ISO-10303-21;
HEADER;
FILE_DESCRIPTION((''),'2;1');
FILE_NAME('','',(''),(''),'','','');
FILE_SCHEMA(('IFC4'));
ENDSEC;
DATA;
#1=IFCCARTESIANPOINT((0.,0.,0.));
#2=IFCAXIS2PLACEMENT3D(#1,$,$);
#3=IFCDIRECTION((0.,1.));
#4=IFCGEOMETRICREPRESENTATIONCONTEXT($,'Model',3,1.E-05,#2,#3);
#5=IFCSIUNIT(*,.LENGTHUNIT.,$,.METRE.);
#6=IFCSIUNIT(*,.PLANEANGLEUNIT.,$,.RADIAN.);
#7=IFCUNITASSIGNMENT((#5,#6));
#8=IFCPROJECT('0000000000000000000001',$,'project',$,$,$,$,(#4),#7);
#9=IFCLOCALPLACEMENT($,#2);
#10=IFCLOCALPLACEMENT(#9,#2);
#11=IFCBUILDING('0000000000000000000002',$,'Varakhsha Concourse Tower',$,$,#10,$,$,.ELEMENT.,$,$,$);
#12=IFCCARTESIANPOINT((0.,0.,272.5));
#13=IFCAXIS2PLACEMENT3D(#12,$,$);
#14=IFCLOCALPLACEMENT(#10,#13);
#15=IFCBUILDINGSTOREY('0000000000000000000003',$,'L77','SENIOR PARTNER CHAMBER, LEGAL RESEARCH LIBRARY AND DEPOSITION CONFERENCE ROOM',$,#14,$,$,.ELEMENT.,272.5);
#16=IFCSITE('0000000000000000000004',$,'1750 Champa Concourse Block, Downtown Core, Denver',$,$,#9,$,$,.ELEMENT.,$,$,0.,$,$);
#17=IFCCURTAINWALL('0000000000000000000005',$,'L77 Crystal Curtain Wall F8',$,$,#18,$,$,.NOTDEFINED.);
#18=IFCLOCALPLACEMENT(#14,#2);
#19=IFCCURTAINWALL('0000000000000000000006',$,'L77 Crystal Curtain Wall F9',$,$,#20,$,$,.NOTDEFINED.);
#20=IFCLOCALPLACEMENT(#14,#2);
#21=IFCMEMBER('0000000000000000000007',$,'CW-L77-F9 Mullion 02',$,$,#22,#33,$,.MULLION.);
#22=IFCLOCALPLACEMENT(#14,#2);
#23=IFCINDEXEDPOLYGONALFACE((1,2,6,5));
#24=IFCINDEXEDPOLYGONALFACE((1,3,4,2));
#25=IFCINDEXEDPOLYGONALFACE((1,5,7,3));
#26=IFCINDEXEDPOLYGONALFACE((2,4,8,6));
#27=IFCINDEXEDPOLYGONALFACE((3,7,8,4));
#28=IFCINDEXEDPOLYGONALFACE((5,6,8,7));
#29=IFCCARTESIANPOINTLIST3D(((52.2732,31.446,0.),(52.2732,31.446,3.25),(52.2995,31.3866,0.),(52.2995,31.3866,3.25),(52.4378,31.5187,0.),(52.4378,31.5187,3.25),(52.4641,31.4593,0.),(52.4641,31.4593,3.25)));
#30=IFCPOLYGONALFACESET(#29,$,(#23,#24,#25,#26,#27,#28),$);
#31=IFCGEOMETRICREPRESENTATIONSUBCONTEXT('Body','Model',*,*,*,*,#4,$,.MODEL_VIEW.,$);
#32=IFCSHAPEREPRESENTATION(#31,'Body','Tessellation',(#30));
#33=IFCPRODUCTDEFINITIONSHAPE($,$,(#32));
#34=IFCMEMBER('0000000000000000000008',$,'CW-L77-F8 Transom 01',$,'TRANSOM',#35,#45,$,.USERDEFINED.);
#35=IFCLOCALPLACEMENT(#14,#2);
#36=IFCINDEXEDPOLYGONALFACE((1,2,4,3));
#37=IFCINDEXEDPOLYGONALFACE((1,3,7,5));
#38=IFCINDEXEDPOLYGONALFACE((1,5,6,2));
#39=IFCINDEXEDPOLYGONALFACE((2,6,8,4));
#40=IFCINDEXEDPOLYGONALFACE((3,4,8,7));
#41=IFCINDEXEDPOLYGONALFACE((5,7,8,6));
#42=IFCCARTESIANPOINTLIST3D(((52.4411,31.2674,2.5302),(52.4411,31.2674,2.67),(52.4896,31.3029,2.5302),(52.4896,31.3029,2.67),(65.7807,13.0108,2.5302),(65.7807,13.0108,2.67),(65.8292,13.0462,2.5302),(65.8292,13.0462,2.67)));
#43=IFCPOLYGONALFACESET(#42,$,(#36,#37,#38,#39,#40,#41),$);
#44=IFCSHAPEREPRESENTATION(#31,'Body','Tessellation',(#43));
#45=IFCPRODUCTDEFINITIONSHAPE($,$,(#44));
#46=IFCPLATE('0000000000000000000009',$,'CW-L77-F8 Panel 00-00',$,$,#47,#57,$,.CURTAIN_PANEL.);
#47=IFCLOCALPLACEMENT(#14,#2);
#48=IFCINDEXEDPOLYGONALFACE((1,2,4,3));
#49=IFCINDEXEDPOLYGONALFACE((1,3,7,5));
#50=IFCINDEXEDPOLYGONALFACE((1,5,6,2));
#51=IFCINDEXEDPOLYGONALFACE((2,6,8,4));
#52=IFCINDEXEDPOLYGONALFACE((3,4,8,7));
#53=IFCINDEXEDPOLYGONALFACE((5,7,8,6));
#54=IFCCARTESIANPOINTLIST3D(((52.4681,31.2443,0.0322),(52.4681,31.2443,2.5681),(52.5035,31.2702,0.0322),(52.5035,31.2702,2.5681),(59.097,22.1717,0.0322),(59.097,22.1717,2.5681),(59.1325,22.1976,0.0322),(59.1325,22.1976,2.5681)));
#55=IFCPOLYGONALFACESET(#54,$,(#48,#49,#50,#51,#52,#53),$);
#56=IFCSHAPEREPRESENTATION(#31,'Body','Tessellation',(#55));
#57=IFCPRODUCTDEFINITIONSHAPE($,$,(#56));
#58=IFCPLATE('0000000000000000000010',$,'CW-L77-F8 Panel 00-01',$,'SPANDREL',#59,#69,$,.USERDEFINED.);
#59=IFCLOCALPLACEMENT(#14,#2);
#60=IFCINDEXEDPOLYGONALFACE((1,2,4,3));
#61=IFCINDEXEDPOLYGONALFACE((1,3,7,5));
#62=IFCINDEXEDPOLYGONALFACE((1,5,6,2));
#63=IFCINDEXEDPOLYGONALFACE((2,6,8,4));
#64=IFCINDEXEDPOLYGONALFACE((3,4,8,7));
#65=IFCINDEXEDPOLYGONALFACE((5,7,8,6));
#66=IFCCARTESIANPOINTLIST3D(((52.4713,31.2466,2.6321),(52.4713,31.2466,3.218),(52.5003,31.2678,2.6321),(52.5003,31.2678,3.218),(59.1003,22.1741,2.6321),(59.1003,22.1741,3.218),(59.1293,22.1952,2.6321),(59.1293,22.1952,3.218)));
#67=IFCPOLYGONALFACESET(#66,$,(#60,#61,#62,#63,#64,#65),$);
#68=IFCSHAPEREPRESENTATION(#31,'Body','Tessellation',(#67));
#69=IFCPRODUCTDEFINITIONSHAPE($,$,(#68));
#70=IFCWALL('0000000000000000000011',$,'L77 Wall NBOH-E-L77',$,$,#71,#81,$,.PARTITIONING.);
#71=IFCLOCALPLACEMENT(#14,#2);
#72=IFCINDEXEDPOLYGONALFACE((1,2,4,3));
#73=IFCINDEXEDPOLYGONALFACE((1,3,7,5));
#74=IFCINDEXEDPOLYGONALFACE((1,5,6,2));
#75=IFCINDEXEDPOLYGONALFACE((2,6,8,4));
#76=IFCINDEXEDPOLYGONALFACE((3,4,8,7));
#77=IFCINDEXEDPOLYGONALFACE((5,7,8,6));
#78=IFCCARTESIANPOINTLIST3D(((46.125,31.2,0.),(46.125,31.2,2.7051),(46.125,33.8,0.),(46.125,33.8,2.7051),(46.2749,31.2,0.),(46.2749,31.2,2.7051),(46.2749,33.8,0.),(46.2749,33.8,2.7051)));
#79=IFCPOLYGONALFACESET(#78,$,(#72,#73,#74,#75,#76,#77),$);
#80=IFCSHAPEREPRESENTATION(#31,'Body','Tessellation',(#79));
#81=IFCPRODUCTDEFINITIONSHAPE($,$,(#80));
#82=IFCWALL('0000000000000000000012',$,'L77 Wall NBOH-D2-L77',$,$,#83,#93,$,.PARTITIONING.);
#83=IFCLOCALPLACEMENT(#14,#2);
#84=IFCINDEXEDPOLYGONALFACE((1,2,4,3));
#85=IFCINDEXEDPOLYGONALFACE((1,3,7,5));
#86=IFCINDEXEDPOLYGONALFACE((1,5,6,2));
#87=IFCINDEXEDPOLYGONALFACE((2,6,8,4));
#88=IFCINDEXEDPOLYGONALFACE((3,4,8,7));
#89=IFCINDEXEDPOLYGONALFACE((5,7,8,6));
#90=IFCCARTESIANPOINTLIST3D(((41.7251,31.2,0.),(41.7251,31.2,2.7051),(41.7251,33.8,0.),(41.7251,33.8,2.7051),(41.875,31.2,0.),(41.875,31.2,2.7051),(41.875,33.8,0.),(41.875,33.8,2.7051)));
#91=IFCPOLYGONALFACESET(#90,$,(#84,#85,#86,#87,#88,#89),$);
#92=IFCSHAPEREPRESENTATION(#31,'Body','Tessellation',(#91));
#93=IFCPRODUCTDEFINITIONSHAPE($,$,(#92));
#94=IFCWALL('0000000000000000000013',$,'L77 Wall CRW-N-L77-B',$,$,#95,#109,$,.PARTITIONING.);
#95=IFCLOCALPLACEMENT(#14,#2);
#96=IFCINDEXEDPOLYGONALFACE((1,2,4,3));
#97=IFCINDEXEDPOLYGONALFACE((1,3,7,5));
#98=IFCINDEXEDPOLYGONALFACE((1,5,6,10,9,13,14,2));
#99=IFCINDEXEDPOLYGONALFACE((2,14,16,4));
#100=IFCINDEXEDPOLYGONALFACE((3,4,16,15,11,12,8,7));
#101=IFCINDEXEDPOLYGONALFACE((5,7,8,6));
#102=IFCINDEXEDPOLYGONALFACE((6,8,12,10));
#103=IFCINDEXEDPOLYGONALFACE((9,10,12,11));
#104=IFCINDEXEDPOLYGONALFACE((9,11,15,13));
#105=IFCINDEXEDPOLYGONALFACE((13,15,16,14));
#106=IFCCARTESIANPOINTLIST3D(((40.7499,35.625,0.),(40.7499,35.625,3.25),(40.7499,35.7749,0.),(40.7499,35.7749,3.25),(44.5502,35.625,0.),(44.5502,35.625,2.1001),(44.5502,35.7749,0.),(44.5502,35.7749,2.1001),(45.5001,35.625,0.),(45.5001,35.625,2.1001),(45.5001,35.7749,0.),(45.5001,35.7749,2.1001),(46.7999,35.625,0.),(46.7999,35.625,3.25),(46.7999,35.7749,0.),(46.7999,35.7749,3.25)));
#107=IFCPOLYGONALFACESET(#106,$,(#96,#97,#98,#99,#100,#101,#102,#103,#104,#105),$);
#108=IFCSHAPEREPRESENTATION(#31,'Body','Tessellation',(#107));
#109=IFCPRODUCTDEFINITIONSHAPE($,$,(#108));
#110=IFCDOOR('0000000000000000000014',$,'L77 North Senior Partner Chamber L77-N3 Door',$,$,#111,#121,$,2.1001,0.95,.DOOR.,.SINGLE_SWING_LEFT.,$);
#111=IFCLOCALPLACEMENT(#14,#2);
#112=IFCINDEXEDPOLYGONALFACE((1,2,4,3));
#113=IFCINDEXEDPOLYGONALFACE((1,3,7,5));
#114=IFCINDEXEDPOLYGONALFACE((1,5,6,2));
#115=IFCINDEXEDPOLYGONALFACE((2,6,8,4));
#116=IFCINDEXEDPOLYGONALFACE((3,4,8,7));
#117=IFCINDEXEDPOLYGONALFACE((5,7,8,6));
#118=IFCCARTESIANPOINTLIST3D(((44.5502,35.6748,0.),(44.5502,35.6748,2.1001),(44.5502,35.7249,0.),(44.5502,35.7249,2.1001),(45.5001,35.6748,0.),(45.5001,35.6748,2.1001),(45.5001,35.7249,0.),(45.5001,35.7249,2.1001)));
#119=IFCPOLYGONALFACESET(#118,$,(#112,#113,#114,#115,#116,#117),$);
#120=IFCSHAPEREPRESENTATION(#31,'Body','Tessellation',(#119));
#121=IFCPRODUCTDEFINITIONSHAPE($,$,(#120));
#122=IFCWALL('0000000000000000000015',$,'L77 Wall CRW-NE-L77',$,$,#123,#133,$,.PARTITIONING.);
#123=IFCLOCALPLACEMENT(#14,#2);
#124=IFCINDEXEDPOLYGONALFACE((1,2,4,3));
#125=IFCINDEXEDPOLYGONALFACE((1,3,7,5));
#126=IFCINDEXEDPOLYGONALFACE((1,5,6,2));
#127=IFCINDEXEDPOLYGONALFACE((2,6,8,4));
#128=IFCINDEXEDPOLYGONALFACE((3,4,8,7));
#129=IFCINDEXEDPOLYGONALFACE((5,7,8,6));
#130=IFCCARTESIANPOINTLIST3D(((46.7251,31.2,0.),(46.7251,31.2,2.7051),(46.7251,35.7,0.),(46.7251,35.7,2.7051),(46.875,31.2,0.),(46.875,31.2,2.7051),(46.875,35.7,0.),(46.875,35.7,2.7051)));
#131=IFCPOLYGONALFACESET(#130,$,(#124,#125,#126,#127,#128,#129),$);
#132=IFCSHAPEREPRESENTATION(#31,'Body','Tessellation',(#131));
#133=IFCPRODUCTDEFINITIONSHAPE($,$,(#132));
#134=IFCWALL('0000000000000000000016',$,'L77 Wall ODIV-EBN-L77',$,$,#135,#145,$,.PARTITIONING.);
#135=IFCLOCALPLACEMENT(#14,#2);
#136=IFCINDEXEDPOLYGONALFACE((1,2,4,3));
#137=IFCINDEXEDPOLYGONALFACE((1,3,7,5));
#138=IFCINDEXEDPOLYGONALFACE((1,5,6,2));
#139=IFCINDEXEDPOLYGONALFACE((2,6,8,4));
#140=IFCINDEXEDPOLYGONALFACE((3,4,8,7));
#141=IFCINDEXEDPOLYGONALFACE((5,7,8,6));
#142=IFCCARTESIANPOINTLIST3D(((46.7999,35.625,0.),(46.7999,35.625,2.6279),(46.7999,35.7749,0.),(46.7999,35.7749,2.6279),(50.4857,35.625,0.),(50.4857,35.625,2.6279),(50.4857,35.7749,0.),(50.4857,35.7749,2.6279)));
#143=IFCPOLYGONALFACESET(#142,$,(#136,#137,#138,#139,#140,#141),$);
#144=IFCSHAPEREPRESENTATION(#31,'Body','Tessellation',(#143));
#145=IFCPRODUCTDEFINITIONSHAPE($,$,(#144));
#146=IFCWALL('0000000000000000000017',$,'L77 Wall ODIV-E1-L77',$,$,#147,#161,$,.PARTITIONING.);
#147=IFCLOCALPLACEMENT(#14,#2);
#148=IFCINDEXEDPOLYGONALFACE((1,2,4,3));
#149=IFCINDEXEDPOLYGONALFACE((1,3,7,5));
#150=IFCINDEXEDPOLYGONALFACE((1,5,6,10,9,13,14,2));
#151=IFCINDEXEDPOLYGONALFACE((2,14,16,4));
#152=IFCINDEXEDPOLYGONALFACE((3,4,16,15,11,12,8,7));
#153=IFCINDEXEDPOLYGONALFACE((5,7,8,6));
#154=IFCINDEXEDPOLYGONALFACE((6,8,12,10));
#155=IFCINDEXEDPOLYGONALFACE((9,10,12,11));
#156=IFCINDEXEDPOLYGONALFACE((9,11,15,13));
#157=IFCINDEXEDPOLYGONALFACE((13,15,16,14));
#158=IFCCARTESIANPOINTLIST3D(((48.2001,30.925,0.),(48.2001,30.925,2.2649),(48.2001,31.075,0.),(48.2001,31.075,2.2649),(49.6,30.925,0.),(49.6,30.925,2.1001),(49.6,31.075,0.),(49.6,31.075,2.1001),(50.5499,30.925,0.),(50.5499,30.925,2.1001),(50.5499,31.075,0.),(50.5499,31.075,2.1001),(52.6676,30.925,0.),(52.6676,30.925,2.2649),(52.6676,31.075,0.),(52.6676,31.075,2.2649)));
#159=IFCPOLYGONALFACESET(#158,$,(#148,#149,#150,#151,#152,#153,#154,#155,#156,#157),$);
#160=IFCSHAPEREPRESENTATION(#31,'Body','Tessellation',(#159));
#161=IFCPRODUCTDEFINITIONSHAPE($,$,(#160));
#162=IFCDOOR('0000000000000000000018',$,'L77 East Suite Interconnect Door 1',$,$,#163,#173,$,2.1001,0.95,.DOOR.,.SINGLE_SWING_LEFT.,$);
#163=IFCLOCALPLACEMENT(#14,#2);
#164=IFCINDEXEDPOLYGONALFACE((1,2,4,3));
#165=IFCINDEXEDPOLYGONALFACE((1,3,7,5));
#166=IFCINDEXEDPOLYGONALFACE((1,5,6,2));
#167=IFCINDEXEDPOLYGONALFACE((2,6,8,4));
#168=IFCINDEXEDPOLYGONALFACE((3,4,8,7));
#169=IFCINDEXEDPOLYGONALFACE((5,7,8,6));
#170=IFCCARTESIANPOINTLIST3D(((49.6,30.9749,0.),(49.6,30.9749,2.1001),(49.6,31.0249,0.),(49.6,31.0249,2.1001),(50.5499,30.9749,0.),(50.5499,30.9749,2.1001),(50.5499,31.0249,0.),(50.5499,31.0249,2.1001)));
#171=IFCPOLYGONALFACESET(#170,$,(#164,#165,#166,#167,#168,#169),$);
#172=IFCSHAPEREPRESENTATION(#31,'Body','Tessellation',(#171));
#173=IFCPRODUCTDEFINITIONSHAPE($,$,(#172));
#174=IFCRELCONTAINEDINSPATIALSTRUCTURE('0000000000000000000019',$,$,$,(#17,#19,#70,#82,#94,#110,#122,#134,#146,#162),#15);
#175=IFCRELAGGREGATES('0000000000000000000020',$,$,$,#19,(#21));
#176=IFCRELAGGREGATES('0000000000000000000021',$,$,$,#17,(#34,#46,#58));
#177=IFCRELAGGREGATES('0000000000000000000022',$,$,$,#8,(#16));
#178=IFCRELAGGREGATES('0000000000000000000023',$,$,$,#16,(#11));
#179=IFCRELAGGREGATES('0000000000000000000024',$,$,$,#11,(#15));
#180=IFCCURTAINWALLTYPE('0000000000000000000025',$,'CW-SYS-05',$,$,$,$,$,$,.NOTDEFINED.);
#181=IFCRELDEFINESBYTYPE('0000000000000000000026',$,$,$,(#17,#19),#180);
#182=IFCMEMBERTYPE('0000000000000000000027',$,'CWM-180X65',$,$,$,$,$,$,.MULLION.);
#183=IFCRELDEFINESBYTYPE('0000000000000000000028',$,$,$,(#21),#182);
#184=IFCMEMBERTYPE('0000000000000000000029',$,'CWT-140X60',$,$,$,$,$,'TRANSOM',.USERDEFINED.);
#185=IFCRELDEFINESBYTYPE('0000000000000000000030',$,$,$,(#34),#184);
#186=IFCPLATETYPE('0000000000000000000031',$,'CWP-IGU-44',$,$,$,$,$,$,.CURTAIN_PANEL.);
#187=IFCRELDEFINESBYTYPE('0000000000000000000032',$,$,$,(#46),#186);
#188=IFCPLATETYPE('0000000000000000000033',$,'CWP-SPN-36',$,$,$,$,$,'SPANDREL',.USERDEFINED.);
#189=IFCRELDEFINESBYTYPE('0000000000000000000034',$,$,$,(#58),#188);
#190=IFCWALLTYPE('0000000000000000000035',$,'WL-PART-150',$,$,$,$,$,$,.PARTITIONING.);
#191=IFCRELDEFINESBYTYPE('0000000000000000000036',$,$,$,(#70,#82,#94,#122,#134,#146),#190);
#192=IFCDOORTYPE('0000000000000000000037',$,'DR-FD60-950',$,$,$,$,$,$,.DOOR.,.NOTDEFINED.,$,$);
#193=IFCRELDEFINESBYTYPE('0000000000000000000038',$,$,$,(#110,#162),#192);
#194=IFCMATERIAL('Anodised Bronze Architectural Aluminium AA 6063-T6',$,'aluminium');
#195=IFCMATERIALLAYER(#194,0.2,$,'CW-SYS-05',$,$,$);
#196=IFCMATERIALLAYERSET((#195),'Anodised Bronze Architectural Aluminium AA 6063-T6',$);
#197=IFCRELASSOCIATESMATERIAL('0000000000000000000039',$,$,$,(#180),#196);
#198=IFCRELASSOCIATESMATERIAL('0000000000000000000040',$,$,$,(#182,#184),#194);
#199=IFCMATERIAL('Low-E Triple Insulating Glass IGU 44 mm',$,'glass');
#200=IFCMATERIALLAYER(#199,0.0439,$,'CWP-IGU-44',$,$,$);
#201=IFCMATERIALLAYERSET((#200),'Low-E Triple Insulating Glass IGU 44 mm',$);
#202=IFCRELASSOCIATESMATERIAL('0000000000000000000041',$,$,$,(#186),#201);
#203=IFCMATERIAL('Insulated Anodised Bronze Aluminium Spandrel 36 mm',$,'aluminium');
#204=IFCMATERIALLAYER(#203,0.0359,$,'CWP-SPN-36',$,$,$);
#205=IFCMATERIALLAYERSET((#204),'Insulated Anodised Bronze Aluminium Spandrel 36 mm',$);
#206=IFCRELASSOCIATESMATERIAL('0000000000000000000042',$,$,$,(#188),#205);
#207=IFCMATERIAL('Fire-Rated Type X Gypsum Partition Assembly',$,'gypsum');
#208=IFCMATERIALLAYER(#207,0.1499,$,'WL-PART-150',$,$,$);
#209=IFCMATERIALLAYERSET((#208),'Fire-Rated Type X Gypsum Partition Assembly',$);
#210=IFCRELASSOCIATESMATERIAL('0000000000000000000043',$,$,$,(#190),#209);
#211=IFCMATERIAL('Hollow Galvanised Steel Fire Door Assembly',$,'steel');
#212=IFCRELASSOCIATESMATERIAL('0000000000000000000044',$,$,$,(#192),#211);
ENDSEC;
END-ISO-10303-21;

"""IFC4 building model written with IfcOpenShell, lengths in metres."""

from ifc_helpers import new_model, si_unit, direction, frame, frame_2d, origin, origin_2d, place, context, subcontext, project, spatial, rectangle, extrude, source, transform, mapped, material, layer, layer_set, material_profile, profile_set, type_object, type_shapes, element, fill, aggregate, save


model = new_model("IFC4")

# Units and contexts
model_context = context("Model", 3, precision=1e-05, world=origin(), true_north=direction((0.0, 1.0)))
body_context = subcontext(model_context, "Body", "Model", "MODEL_VIEW")
ifc_project = project(units=[si_unit("LENGTHUNIT", "METRE"), si_unit("PLANEANGLEUNIT", "RADIAN")], contexts=[model_context])

# Site, building, storey
site_placement = place(None, origin())
site = spatial("IfcSite", under=ifc_project, at=site_placement, Name="1750 Champa Concourse Block, Downtown Core, Denver", CompositionType="ELEMENT", RefElevation=0.0)
building_placement = place(site_placement, origin())
building = spatial("IfcBuilding", under=site, at=building_placement, Name="Varakhsha Concourse Tower", CompositionType="ELEMENT")
storey_placement = place(building_placement, frame((0.0, 0.0, 272.5)))
storey = spatial("IfcBuildingStorey", under=building, at=storey_placement, Name="L77", Description="SENIOR PARTNER CHAMBER, LEGAL RESEARCH LIBRARY AND DEPOSITION CONFERENCE ROOM", CompositionType="ELEMENT", Elevation=272.5)

# Curtain wall
ifc_material_1 = material(Name="Anodised Bronze Architectural Aluminium AA 6063-T6", Category="aluminium")
ifc_layer_1 = layer(ifc_material_1, 0.2, Name="CW-SYS-05")
ifc_layer_set_1 = layer_set([ifc_layer_1], Name="Anodised Bronze Architectural Aluminium AA 6063-T6")
curtain_wall_type = type_object("IfcCurtainWallType", Name="CW-SYS-05", PredefinedType="NOTDEFINED", material=ifc_layer_set_1)
curtain_wall_1_placement = place(storey_placement, origin())
curtain_wall_1 = element("IfcCurtainWall", 1, at=curtain_wall_1_placement, inside=storey, type_object=curtain_wall_type, Name="L77 Crystal Curtain Wall F8", PredefinedType="NOTDEFINED")
ifc_material_profile_1 = material_profile(ifc_material_1, rectangle(XDim=0.0649, YDim=0.1799, at=origin_2d()), Name="CWM-180X65")
ifc_profile_set_1 = profile_set([ifc_material_profile_1], Name="Anodised Bronze Architectural Aluminium AA 6063-T6")
member_type_1 = type_object("IfcMemberType", Name="CWM-180X65", PredefinedType="MULLION", material=ifc_profile_set_1)
shared_shape_1 = source(origin(), body_context, "Body", "SweptSolid", [
    extrude(rectangle(XDim=0.0649, YDim=0.1799, at=origin_2d()), origin(), (0.0, 0.0, 1.0), 3.25),
])
type_shapes(member_type_1, [shared_shape_1])

# Curtain wall, member
curtain_wall_2_placement = place(storey_placement, origin())
curtain_wall_2 = element("IfcCurtainWall", 2, at=curtain_wall_2_placement, inside=storey, type_object=curtain_wall_type, Name="L77 Crystal Curtain Wall F9", PredefinedType="NOTDEFINED")
member_1_placement = place(storey_placement, frame((52.3687, 31.4526, 0.0), z_axis=(0.0, 0.0, 1.0), x_axis=(0.404273, -0.914638, 0.0)))
member_1 = element("IfcMember", 3, at=member_1_placement, type_object=member_type_1, Name="CW-L77-F9 Mullion 02", PredefinedType="MULLION", context=body_context, shape_type="MappedRepresentation", body=[
    mapped(shared_shape_1, transform((0.0, 0.0, 0.0), scale=1.0)),
])
aggregate(curtain_wall_2, [member_1])

# Member
ifc_material_profile_2 = material_profile(ifc_material_1, rectangle(XDim=0.0601, YDim=0.1399, at=origin_2d()), Name="CWT-140X60")
ifc_profile_set_2 = profile_set([ifc_material_profile_2], Name="Anodised Bronze Architectural Aluminium AA 6063-T6")
member_type_2 = type_object("IfcMemberType", Name="CWT-140X60", ElementType="TRANSOM", PredefinedType="USERDEFINED", material=ifc_profile_set_2)
shared_shape_2 = source(origin(), body_context, "Body", "SweptSolid", [
    extrude(rectangle(XDim=0.0601, YDim=0.1399, at=origin_2d()), origin(), (0.0, 0.0, 1.0), 22.6108),
])
type_shapes(member_type_2, [shared_shape_2])
member_2_placement = place(storey_placement, frame((52.4653, 31.2852, 2.6001), z_axis=(0.589966, -0.807428, 0.0), x_axis=(0.807428, 0.589966, 0.0)))
member_2 = element("IfcMember", 4, at=member_2_placement, type_object=member_type_2, Name="CW-L77-F8 Transom 01", ObjectType="TRANSOM", PredefinedType="USERDEFINED", context=body_context, shape_type="MappedRepresentation", body=[
    mapped(shared_shape_2, transform((0.0, 0.0, 0.0), scale=1.0)),
])

# Plates
ifc_material_2 = material(Name="Low-E Triple Insulating Glass IGU 44 mm", Category="glass")
ifc_layer_2 = layer(ifc_material_2, 0.0439, Name="CWP-IGU-44")
ifc_layer_set_2 = layer_set([ifc_layer_2], Name="Low-E Triple Insulating Glass IGU 44 mm")
plate_type_1 = type_object("IfcPlateType", Name="CWP-IGU-44", PredefinedType="CURTAIN_PANEL", material=ifc_layer_set_2)
shared_shape_3 = source(origin(), body_context, "Body", "SweptSolid", [
    extrude(rectangle(XDim=11.2363, YDim=0.0439, at=origin_2d()), origin(), (0.0, 0.0, 1.0), 2.5359),
])
type_shapes(plate_type_1, [shared_shape_3])
plate_1_placement = place(storey_placement, frame((55.8003, 26.7209, 0.0322), z_axis=(0.0, 0.0, 1.0), x_axis=(0.58996, -0.807432, 0.0)))
plate_1 = element("IfcPlate", 5, at=plate_1_placement, type_object=plate_type_1, Name="CW-L77-F8 Panel 00-00", PredefinedType="CURTAIN_PANEL", context=body_context, shape_type="MappedRepresentation", body=[
    mapped(shared_shape_3, transform((0.0, 0.0, 0.0), scale=1.0)),
])
ifc_material_3 = material(Name="Insulated Anodised Bronze Aluminium Spandrel 36 mm", Category="aluminium")
ifc_layer_3 = layer(ifc_material_3, 0.0359, Name="CWP-SPN-36")
ifc_layer_set_3 = layer_set([ifc_layer_3], Name="Insulated Anodised Bronze Aluminium Spandrel 36 mm")
plate_type_2 = type_object("IfcPlateType", Name="CWP-SPN-36", ElementType="SPANDREL", PredefinedType="USERDEFINED", material=ifc_layer_set_3)
shared_shape_4 = source(origin(), body_context, "Body", "SweptSolid", [
    extrude(rectangle(XDim=11.2363, YDim=0.0359, at=origin_2d()), origin(), (0.0, 0.0, 1.0), 0.5859),
])
type_shapes(plate_type_2, [shared_shape_4])
plate_2_placement = place(storey_placement, frame((55.8003, 26.7209, 2.6321), z_axis=(0.0, 0.0, 1.0), x_axis=(0.58996, -0.807432, 0.0)))
plate_2 = element("IfcPlate", 6, at=plate_2_placement, type_object=plate_type_2, Name="CW-L77-F8 Panel 00-01", ObjectType="SPANDREL", PredefinedType="USERDEFINED", context=body_context, shape_type="MappedRepresentation", body=[
    mapped(shared_shape_4, transform((0.0, 0.0, 0.0), scale=1.0)),
])
aggregate(curtain_wall_1, [member_2, plate_1, plate_2])

# Walls
ifc_material_4 = material(Name="Fire-Rated Type X Gypsum Partition Assembly", Category="gypsum")
ifc_layer_4 = layer(ifc_material_4, 0.1499, Name="WL-PART-150")
ifc_layer_set_4 = layer_set([ifc_layer_4], Name="Fire-Rated Type X Gypsum Partition Assembly")
wall_type_1 = type_object("IfcWallType", Name="WL-PART-150", PredefinedType="PARTITIONING", material=ifc_layer_set_4)
for number, where, z_axis, x_axis, name in (
    (7, (46.2, 31.2, 0.0), (0.0, 0.0, 1.0), (0.0, 1.0, 0.0), "L77 Wall NBOH-E-L77"),
    (8, (41.8, 31.2, 0.0), (0.0, 0.0, 1.0), (0.0, 1.0, 0.0), "L77 Wall NBOH-D2-L77"),
):
    element("IfcWall", number, at=place(storey_placement, frame(where, z_axis=z_axis, x_axis=x_axis)), inside=storey, type_object=wall_type_1, Name=name, PredefinedType="PARTITIONING", context=body_context, shape_type="SweptSolid", body=[
        extrude(rectangle(XDim=2.6001, YDim=0.1499, at=frame_2d((1.3, 0.0))), origin(), (0.0, 0.0, 1.0), 2.7051),
    ])

# Wall, opening, door
wall_1_placement = place(storey_placement, frame((40.75, 35.7, 0.0), z_axis=(0.0, 0.0, 1.0), x_axis=(1.0, 0.0, 0.0)))
wall_1 = element("IfcWall", 9, at=wall_1_placement, inside=storey, type_object=wall_type_1, Name="L77 Wall CRW-N-L77-B", PredefinedType="PARTITIONING", context=body_context, shape_type="SweptSolid", body=[
    extrude(rectangle(XDim=6.05, YDim=0.1499, at=frame_2d((3.0249, 0.0))), origin(), (0.0, 0.0, 1.0), 3.25),
])
opening_1_placement = place(wall_1_placement, frame((3.8, 0.0, 0.0)))
opening_1 = element("IfcOpeningElement", 10, at=opening_1_placement, cuts=wall_1, PredefinedType="OPENING", context=body_context, shape_type="SweptSolid", body=[
    extrude(rectangle(XDim=0.95, YDim=2.1001, at=frame_2d((0.4751, 1.05))), frame((0.0, 0.085, 0.0), z_axis=(0.0, -1.0, 0.0), x_axis=(1.0, 0.0, 0.0)), (0.0, 0.0, 1.0), 0.1699),
])
ifc_material_5 = material(Name="Hollow Galvanised Steel Fire Door Assembly", Category="steel")
door_type = type_object("IfcDoorType", Name="DR-FD60-950", OperationType="NOTDEFINED", PredefinedType="DOOR", material=ifc_material_5)
door_1_placement = place(opening_1_placement, origin())
door_1 = element("IfcDoor", 11, at=door_1_placement, inside=storey, type_object=door_type, Name="L77 North Senior Partner Chamber L77-N3 Door", OperationType="SINGLE_SWING_LEFT", OverallHeight=2.1001, OverallWidth=0.95, PredefinedType="DOOR", context=body_context, shape_type="SweptSolid", body=[
    extrude(rectangle(XDim=0.95, YDim=2.1001, at=frame_2d((0.4751, 1.05))), frame((0.0, 0.0249, 0.0), z_axis=(0.0, -1.0, 0.0), x_axis=(1.0, 0.0, 0.0)), (0.0, 0.0, 1.0), 0.05),
])
fill(opening_1, door_1)

# Walls
wall_2_placement = place(storey_placement, frame((46.8, 31.2, 0.0), z_axis=(0.0, 0.0, 1.0), x_axis=(0.0, 1.0, 0.0)))
element("IfcWall", 12, at=wall_2_placement, inside=storey, type_object=wall_type_1, Name="L77 Wall CRW-NE-L77", PredefinedType="PARTITIONING", context=body_context, shape_type="SweptSolid", body=[
    extrude(rectangle(XDim=4.5, YDim=0.1499, at=frame_2d((2.25, 0.0))), origin(), (0.0, 0.0, 1.0), 2.7051),
])
wall_3_placement = place(storey_placement, frame((46.8, 35.7, 0.0), z_axis=(0.0, 0.0, 1.0), x_axis=(1.0, 0.0, 0.0)))
element("IfcWall", 13, at=wall_3_placement, inside=storey, type_object=wall_type_1, Name="L77 Wall ODIV-EBN-L77", PredefinedType="PARTITIONING", context=body_context, shape_type="SweptSolid", body=[
    extrude(rectangle(XDim=3.6858, YDim=0.1499, at=frame_2d((1.8428, 0.0))), origin(), (0.0, 0.0, 1.0), 2.6279),
])

# Wall, opening, door
wall_4_placement = place(storey_placement, frame((48.2, 31.0, 0.0), z_axis=(0.0, 0.0, 1.0), x_axis=(1.0, 0.0, 0.0)))
wall_4 = element("IfcWall", 14, at=wall_4_placement, inside=storey, type_object=wall_type_1, Name="L77 Wall ODIV-E1-L77", PredefinedType="PARTITIONING", context=body_context, shape_type="SweptSolid", body=[
    extrude(rectangle(XDim=4.4675, YDim=0.1499, at=frame_2d((2.2339, 0.0))), origin(), (0.0, 0.0, 1.0), 2.2649),
])
opening_2_placement = place(wall_4_placement, frame((1.3999, 0.0, 0.0)))
opening_2 = element("IfcOpeningElement", 15, at=opening_2_placement, cuts=wall_4, PredefinedType="OPENING", context=body_context, shape_type="SweptSolid", body=[
    extrude(rectangle(XDim=0.95, YDim=2.1001, at=frame_2d((0.4751, 1.05))), frame((0.0, 0.085, 0.0), z_axis=(0.0, -1.0, 0.0), x_axis=(1.0, 0.0, 0.0)), (0.0, 0.0, 1.0), 0.1699),
])
door_2_placement = place(opening_2_placement, origin())
door_2 = element("IfcDoor", 16, at=door_2_placement, inside=storey, type_object=door_type, Name="L77 East Suite Interconnect Door 1", OperationType="SINGLE_SWING_LEFT", OverallHeight=2.1001, OverallWidth=0.95, PredefinedType="DOOR", context=body_context, shape_type="SweptSolid", body=[
    extrude(rectangle(XDim=0.95, YDim=2.1001, at=frame_2d((0.4751, 1.05))), frame((0.0, 0.0249, 0.0), z_axis=(0.0, -1.0, 0.0), x_axis=(1.0, 0.0, 0.0)), (0.0, 0.0, 1.0), 0.05),
])
fill(opening_2, door_2)

save(model, "model.ifc")
